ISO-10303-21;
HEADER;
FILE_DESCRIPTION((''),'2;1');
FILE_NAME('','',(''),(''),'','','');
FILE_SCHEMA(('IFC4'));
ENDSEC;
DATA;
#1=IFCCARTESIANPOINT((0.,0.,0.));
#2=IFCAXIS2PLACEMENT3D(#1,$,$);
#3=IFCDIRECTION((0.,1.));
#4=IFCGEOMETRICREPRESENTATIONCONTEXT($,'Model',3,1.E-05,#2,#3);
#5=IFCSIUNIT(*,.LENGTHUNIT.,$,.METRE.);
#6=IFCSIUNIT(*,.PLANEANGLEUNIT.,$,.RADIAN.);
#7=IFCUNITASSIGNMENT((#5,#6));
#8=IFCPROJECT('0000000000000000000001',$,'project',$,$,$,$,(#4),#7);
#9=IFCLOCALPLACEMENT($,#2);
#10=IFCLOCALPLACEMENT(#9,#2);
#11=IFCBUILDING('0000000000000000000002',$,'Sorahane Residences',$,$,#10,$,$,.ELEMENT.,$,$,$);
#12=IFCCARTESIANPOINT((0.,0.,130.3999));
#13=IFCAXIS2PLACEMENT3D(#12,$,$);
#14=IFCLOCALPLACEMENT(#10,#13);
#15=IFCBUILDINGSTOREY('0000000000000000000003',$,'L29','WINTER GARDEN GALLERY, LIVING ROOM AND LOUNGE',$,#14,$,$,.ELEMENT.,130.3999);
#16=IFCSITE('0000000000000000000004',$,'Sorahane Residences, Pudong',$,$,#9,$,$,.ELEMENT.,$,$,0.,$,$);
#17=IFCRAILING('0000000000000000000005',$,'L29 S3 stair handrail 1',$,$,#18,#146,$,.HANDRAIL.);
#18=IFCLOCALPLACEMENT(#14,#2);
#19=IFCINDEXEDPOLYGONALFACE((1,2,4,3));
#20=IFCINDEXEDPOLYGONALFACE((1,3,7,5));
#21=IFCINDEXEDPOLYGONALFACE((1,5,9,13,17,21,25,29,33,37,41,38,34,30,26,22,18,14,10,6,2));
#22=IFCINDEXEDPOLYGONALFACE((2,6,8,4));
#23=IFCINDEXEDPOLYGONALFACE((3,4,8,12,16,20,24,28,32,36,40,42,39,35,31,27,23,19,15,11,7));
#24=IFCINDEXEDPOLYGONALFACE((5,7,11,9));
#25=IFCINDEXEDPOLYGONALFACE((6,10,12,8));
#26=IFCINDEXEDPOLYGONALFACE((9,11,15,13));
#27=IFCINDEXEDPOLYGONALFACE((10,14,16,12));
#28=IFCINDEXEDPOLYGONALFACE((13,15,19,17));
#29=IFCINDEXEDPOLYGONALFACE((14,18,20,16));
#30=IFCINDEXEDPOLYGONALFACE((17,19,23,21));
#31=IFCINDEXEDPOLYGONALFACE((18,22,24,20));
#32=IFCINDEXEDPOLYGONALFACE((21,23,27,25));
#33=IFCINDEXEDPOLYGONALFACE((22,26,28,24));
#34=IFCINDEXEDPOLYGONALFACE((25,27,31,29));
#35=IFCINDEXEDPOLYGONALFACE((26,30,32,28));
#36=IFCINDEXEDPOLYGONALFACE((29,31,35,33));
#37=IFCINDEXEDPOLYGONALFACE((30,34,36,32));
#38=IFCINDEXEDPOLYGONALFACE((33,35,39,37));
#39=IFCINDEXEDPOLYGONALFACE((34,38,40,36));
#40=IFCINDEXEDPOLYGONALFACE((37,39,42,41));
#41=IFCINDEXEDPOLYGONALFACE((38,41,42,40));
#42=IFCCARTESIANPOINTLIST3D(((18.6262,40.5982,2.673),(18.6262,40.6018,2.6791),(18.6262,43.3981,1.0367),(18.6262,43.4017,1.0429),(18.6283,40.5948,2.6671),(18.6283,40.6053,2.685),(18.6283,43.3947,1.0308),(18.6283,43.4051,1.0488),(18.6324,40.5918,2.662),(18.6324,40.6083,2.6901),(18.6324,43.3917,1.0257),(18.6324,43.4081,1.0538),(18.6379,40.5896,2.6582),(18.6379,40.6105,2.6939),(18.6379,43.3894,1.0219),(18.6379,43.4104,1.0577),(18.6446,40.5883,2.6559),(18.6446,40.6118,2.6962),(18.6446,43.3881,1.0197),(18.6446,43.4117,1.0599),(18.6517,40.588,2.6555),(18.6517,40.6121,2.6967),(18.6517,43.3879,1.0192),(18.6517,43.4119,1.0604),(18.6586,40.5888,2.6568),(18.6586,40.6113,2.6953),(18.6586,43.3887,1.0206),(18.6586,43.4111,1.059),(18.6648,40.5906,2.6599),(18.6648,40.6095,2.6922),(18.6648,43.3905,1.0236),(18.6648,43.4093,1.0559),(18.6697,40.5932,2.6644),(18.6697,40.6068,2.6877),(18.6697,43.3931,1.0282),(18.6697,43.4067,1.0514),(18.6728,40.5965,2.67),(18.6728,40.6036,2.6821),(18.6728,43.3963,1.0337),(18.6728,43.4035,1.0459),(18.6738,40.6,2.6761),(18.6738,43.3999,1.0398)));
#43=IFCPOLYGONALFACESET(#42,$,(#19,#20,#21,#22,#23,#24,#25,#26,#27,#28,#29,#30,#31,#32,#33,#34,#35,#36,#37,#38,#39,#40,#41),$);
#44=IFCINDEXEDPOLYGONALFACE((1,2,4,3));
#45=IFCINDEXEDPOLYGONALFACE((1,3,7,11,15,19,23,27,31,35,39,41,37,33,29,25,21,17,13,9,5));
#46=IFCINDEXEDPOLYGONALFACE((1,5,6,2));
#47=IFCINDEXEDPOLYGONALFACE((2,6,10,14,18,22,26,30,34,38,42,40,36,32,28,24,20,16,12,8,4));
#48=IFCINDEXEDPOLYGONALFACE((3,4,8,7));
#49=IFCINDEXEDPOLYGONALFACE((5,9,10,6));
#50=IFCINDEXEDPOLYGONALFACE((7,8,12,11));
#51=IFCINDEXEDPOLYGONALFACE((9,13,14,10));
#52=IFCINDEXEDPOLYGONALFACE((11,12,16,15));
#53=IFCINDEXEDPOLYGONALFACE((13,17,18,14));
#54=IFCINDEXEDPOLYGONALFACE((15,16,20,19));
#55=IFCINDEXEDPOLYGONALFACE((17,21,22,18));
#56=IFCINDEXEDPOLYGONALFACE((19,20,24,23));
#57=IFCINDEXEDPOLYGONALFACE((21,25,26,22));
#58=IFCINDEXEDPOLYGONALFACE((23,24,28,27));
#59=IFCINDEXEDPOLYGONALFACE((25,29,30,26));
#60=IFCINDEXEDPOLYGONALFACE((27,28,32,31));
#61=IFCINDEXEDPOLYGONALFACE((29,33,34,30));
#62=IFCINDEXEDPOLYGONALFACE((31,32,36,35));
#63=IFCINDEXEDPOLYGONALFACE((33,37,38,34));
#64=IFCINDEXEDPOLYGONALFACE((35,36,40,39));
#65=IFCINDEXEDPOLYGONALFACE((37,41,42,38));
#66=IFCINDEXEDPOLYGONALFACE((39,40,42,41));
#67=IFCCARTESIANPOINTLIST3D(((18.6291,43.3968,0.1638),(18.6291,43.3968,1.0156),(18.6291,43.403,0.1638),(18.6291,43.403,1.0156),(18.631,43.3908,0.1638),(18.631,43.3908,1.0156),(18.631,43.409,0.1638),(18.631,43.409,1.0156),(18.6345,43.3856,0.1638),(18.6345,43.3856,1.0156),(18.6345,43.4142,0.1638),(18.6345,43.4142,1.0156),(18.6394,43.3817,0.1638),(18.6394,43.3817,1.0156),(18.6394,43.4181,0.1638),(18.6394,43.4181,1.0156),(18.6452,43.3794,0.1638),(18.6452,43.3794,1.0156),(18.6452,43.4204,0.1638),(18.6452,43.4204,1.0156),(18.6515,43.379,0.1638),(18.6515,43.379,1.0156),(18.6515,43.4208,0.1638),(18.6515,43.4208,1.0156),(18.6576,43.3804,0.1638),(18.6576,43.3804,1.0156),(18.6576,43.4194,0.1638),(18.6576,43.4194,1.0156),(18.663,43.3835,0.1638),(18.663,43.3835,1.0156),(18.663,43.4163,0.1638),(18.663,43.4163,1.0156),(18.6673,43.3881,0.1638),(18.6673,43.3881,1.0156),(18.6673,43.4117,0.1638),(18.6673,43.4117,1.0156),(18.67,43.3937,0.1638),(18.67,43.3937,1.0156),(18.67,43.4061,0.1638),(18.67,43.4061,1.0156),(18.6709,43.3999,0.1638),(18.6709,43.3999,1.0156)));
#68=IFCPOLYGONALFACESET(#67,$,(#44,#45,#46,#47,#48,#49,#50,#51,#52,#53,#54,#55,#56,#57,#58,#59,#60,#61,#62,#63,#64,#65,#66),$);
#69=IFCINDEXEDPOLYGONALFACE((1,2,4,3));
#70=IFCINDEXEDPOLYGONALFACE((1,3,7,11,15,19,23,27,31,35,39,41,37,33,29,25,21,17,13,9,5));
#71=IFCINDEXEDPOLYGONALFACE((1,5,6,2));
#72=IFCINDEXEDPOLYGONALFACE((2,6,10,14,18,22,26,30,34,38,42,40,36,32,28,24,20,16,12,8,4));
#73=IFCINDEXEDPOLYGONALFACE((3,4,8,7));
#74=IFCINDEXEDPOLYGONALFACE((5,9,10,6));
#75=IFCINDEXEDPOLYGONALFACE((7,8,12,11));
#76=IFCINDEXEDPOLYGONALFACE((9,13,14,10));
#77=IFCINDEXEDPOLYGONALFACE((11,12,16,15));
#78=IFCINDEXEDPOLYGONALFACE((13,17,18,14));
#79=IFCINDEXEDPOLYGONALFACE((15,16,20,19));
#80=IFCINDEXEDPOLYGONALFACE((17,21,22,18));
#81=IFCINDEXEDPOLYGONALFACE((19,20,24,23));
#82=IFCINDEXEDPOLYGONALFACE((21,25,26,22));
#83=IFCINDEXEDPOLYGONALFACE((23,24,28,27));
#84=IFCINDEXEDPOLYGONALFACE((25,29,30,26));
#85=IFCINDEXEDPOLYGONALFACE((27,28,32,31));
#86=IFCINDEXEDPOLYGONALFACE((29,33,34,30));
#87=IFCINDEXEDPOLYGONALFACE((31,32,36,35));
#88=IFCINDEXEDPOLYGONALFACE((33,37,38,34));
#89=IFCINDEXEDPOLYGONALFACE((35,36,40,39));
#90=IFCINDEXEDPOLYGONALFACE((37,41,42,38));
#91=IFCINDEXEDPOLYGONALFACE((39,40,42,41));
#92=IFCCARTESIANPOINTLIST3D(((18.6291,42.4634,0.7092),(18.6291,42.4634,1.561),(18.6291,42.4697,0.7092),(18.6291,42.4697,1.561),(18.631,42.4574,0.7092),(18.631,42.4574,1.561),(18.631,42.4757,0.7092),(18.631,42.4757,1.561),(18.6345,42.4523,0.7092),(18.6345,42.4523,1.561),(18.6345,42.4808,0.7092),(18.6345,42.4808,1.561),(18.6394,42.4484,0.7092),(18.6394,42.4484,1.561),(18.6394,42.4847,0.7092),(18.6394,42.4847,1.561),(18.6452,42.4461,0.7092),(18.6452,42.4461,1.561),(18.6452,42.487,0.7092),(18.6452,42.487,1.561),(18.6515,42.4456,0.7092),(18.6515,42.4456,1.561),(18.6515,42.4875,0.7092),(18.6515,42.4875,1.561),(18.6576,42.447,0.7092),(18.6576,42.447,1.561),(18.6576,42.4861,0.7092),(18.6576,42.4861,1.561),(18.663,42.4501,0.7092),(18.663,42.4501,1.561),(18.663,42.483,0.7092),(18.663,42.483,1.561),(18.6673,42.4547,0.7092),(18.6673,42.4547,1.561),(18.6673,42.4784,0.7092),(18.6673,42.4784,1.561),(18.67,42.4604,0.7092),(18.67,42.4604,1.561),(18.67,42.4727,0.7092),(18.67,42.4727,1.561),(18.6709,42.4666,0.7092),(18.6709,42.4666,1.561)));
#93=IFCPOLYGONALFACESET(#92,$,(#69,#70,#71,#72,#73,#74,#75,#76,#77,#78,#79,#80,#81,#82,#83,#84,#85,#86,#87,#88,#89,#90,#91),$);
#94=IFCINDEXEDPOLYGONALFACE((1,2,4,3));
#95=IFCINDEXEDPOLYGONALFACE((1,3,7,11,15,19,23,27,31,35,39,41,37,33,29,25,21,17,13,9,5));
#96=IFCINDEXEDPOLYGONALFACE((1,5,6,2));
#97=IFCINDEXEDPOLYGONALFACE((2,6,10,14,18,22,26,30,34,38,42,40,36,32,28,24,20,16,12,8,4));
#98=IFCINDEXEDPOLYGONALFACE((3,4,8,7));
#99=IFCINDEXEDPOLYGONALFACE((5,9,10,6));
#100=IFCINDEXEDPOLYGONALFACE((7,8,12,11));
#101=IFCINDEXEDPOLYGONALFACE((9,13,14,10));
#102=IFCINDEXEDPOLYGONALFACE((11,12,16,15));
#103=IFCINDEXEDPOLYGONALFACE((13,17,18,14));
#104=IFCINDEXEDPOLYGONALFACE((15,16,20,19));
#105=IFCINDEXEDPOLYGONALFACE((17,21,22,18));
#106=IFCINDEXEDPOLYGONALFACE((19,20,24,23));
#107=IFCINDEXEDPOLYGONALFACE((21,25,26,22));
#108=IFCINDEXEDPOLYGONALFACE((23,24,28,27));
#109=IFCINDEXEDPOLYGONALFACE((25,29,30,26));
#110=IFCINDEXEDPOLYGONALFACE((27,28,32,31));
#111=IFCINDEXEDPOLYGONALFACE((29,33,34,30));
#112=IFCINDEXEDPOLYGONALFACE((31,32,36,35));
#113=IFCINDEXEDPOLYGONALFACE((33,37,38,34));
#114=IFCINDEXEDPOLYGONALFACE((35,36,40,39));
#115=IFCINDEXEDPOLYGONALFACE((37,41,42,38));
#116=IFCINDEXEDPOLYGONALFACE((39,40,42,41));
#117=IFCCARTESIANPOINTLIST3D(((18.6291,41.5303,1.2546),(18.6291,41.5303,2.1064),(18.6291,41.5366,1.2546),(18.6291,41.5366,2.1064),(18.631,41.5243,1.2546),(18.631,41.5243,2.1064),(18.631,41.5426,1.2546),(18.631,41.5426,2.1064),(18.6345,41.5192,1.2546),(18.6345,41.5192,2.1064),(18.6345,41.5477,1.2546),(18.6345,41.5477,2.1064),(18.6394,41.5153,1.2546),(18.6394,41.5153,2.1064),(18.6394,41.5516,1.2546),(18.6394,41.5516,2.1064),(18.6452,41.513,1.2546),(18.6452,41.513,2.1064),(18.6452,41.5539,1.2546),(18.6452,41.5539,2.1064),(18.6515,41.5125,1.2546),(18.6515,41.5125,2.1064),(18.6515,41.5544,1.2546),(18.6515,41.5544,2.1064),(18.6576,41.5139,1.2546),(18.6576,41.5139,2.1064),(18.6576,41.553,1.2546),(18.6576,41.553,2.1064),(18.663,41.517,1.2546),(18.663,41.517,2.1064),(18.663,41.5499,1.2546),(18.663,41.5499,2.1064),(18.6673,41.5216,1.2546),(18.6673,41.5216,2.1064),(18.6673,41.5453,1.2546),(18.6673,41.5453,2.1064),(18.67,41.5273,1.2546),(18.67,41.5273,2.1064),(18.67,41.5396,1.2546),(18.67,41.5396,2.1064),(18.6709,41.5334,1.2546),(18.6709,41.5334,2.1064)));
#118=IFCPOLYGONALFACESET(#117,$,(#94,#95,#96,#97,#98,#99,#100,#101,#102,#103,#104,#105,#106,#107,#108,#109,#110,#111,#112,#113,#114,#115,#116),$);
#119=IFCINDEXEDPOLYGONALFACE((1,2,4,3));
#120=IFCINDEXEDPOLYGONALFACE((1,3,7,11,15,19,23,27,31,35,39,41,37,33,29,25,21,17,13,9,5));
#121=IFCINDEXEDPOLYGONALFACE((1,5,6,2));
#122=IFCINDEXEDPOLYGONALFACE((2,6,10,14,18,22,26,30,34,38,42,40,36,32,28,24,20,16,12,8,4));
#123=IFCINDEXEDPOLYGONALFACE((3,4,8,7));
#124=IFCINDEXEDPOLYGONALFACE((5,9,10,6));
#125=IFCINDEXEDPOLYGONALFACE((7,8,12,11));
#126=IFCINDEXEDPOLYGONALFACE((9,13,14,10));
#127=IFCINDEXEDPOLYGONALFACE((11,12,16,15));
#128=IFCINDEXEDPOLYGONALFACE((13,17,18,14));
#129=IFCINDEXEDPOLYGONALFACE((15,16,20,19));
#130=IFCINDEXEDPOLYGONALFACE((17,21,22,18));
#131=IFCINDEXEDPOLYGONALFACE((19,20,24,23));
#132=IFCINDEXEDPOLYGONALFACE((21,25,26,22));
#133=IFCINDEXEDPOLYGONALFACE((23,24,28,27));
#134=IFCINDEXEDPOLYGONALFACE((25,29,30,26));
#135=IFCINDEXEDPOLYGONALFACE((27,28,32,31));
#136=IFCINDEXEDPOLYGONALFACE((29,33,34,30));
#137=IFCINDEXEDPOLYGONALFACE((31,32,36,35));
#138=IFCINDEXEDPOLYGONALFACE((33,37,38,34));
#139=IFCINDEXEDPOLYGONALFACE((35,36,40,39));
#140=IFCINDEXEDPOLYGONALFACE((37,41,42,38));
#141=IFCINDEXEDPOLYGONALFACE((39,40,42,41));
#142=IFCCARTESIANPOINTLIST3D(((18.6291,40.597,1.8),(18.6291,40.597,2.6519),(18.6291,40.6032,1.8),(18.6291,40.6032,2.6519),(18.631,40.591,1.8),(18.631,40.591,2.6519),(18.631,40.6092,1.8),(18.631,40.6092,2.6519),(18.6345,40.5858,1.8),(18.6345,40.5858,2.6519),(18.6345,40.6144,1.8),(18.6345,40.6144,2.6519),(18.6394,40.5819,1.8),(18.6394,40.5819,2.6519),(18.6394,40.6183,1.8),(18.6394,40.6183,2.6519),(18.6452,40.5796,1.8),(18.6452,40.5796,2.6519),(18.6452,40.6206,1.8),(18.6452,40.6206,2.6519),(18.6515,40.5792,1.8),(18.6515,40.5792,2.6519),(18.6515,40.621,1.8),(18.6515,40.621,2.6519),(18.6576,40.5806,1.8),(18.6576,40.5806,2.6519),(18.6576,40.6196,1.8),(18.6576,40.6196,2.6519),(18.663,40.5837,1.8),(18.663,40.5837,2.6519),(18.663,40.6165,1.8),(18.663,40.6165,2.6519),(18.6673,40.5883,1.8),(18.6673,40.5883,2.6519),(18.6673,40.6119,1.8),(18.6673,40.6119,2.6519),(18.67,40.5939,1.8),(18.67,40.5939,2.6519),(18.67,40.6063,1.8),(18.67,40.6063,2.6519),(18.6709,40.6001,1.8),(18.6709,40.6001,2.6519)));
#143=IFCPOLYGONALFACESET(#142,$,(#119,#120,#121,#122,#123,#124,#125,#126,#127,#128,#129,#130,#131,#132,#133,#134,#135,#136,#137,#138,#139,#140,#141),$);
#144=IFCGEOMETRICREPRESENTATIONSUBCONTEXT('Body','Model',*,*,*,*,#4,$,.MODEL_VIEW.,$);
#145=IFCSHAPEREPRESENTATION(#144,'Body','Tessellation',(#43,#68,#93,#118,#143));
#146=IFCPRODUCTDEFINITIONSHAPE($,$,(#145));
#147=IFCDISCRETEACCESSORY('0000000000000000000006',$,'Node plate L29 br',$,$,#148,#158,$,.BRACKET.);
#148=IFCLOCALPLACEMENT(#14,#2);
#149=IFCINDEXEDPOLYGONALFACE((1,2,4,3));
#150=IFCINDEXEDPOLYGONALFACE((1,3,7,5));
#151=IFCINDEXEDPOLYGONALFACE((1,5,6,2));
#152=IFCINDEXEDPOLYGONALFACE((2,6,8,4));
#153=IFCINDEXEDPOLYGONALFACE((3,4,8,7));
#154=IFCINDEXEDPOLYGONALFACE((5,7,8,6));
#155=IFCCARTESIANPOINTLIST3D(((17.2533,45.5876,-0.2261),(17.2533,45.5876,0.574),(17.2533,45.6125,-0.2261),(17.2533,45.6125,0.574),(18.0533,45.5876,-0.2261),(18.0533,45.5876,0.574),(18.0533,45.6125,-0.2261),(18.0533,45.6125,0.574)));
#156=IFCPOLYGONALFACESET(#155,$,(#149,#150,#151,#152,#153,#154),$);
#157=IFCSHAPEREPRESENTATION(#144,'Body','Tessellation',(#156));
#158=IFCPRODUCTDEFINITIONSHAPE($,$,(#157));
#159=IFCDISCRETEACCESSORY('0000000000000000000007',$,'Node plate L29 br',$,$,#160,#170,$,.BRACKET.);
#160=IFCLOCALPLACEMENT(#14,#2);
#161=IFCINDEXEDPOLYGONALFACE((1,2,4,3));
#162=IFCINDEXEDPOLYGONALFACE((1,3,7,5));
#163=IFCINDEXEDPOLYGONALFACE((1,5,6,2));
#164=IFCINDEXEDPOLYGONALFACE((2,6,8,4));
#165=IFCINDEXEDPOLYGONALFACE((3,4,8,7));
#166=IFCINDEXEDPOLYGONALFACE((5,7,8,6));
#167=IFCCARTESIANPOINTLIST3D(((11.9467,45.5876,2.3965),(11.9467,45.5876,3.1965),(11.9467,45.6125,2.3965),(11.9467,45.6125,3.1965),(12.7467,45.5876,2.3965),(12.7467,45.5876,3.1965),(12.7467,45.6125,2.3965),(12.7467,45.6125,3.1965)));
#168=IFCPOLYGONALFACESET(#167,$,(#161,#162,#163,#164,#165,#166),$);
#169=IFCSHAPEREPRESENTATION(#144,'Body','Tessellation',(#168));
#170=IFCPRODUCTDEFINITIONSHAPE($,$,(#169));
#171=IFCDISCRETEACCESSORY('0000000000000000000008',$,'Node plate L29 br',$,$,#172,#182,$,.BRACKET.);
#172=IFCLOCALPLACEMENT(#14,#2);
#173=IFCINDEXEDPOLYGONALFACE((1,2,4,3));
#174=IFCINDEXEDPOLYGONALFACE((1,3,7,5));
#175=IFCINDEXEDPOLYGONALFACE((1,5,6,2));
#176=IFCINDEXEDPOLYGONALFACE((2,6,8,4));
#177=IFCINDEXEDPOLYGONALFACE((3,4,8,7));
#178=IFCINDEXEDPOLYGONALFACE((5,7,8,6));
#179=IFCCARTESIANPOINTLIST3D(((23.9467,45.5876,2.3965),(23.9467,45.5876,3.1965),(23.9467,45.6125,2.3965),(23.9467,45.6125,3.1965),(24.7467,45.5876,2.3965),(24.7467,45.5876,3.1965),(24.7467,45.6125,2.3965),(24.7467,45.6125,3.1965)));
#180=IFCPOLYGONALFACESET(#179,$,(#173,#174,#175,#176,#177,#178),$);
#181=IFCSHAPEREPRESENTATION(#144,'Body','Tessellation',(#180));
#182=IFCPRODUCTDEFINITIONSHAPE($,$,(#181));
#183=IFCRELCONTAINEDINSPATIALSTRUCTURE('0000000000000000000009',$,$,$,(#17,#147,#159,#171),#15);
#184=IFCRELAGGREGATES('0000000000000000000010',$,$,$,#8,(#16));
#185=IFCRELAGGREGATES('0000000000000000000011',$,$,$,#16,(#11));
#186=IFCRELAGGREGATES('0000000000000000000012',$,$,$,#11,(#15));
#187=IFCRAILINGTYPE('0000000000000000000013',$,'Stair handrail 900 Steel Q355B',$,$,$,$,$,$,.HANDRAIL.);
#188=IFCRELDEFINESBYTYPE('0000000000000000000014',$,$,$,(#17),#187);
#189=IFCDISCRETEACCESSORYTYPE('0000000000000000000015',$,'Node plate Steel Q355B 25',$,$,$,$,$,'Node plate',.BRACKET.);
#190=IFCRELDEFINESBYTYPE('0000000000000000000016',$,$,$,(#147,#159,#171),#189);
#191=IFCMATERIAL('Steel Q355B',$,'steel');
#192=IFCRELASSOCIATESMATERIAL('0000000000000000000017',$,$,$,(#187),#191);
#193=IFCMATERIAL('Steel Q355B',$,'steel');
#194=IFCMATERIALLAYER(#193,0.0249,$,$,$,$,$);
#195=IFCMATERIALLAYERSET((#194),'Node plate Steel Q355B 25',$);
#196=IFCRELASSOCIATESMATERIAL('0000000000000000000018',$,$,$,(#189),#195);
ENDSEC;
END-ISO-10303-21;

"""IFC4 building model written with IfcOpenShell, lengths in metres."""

from ifc_helpers import new_model, si_unit, direction, frame, origin, origin_2d, place, context, subcontext, project, spatial, rectangle, circle, extrude, material, layer, layer_set, type_object, element, save


model = new_model("IFC4")

# Units and contexts
model_context = context("Model", 3, precision=1e-05, world=origin(), true_north=direction((0.0, 1.0)))
body_context = subcontext(model_context, "Body", "Model", "MODEL_VIEW")
ifc_project = project(units=[si_unit("LENGTHUNIT", "METRE"), si_unit("PLANEANGLEUNIT", "RADIAN")], contexts=[model_context])

# Site, building, storey
site_placement = place(None, origin())
site = spatial("IfcSite", under=ifc_project, at=site_placement, Name="Sorahane Residences, Pudong", CompositionType="ELEMENT", RefElevation=0.0)
building_placement = place(site_placement, origin())
building = spatial("IfcBuilding", under=site, at=building_placement, Name="Sorahane Residences", CompositionType="ELEMENT")
storey_placement = place(building_placement, frame((0.0, 0.0, 130.3999)))
storey = spatial("IfcBuildingStorey", under=building, at=storey_placement, Name="L29", Description="WINTER GARDEN GALLERY, LIVING ROOM AND LOUNGE", CompositionType="ELEMENT", Elevation=130.3999)

# Railing
ifc_material_1 = material(Name="Steel Q355B", Category="steel")
railing_type_1 = type_object("IfcRailingType", Name="Stair handrail 900 Steel Q355B", PredefinedType="HANDRAIL", material=ifc_material_1)
railing_1_placement = place(storey_placement, frame((18.6499, 43.3999, 0.1638)))
element("IfcRailing", 1, at=railing_1_placement, inside=storey, type_object=railing_type_1, Name="L29 S3 stair handrail 1", PredefinedType="HANDRAIL", context=body_context, shape_type="SweptSolid", body=[
    extrude(circle(Radius=0.0239, at=origin_2d()), frame((0.0, 0.0, 0.876), z_axis=(0.0, -0.863374, 0.504564), x_axis=(1.0, 0.0, 0.0)), (0.0, 0.0, 1.0), 3.2429),
    extrude(circle(Radius=0.021, at=origin_2d()), origin(), (0.0, 0.0, 1.0), 0.8518),
    extrude(circle(Radius=0.021, at=origin_2d()), frame((0.0, -0.9333, 0.5454)), (0.0, 0.0, 1.0), 0.8518),
    extrude(circle(Radius=0.021, at=origin_2d()), frame((0.0, -1.8665, 1.0908)), (0.0, 0.0, 1.0), 0.8518),
    extrude(circle(Radius=0.021, at=origin_2d()), frame((0.0, -2.7998, 1.6362)), (0.0, 0.0, 1.0), 0.8518),
])

# Discrete accessories
ifc_material_2 = material(Name="Steel Q355B", Category="steel")
ifc_layer_1 = layer(ifc_material_2, 0.0249)
ifc_layer_set_1 = layer_set([ifc_layer_1], Name="Node plate Steel Q355B 25")
discrete_accessory_type = type_object("IfcDiscreteAccessoryType", Name="Node plate Steel Q355B 25", ElementType="Node plate", PredefinedType="BRACKET", material=ifc_layer_set_1)
for number, where, z_axis, x_axis, name in (
    (2, (17.6533, 45.6001, -0.2261), (0.0, 0.0, 1.0), (1.0, 0.0, 0.0), "Node plate L29 br"),
    (3, (12.3467, 45.6001, 2.3965), (0.0, 0.0, 1.0), (1.0, 0.0, 0.0), "Node plate L29 br"),
    (4, (24.3467, 45.6001, 2.3965), (0.0, 0.0, 1.0), (1.0, 0.0, 0.0), "Node plate L29 br"),
):
    element("IfcDiscreteAccessory", number, at=place(storey_placement, frame(where, z_axis=z_axis, x_axis=x_axis)), inside=storey, type_object=discrete_accessory_type, Name=name, PredefinedType="BRACKET", context=body_context, shape_type="SweptSolid", body=[
        extrude(rectangle(XDim=0.8, YDim=0.0249, at=origin_2d()), origin(), (0.0, 0.0, 1.0), 0.8),
    ])

save(model, "model.ifc")
